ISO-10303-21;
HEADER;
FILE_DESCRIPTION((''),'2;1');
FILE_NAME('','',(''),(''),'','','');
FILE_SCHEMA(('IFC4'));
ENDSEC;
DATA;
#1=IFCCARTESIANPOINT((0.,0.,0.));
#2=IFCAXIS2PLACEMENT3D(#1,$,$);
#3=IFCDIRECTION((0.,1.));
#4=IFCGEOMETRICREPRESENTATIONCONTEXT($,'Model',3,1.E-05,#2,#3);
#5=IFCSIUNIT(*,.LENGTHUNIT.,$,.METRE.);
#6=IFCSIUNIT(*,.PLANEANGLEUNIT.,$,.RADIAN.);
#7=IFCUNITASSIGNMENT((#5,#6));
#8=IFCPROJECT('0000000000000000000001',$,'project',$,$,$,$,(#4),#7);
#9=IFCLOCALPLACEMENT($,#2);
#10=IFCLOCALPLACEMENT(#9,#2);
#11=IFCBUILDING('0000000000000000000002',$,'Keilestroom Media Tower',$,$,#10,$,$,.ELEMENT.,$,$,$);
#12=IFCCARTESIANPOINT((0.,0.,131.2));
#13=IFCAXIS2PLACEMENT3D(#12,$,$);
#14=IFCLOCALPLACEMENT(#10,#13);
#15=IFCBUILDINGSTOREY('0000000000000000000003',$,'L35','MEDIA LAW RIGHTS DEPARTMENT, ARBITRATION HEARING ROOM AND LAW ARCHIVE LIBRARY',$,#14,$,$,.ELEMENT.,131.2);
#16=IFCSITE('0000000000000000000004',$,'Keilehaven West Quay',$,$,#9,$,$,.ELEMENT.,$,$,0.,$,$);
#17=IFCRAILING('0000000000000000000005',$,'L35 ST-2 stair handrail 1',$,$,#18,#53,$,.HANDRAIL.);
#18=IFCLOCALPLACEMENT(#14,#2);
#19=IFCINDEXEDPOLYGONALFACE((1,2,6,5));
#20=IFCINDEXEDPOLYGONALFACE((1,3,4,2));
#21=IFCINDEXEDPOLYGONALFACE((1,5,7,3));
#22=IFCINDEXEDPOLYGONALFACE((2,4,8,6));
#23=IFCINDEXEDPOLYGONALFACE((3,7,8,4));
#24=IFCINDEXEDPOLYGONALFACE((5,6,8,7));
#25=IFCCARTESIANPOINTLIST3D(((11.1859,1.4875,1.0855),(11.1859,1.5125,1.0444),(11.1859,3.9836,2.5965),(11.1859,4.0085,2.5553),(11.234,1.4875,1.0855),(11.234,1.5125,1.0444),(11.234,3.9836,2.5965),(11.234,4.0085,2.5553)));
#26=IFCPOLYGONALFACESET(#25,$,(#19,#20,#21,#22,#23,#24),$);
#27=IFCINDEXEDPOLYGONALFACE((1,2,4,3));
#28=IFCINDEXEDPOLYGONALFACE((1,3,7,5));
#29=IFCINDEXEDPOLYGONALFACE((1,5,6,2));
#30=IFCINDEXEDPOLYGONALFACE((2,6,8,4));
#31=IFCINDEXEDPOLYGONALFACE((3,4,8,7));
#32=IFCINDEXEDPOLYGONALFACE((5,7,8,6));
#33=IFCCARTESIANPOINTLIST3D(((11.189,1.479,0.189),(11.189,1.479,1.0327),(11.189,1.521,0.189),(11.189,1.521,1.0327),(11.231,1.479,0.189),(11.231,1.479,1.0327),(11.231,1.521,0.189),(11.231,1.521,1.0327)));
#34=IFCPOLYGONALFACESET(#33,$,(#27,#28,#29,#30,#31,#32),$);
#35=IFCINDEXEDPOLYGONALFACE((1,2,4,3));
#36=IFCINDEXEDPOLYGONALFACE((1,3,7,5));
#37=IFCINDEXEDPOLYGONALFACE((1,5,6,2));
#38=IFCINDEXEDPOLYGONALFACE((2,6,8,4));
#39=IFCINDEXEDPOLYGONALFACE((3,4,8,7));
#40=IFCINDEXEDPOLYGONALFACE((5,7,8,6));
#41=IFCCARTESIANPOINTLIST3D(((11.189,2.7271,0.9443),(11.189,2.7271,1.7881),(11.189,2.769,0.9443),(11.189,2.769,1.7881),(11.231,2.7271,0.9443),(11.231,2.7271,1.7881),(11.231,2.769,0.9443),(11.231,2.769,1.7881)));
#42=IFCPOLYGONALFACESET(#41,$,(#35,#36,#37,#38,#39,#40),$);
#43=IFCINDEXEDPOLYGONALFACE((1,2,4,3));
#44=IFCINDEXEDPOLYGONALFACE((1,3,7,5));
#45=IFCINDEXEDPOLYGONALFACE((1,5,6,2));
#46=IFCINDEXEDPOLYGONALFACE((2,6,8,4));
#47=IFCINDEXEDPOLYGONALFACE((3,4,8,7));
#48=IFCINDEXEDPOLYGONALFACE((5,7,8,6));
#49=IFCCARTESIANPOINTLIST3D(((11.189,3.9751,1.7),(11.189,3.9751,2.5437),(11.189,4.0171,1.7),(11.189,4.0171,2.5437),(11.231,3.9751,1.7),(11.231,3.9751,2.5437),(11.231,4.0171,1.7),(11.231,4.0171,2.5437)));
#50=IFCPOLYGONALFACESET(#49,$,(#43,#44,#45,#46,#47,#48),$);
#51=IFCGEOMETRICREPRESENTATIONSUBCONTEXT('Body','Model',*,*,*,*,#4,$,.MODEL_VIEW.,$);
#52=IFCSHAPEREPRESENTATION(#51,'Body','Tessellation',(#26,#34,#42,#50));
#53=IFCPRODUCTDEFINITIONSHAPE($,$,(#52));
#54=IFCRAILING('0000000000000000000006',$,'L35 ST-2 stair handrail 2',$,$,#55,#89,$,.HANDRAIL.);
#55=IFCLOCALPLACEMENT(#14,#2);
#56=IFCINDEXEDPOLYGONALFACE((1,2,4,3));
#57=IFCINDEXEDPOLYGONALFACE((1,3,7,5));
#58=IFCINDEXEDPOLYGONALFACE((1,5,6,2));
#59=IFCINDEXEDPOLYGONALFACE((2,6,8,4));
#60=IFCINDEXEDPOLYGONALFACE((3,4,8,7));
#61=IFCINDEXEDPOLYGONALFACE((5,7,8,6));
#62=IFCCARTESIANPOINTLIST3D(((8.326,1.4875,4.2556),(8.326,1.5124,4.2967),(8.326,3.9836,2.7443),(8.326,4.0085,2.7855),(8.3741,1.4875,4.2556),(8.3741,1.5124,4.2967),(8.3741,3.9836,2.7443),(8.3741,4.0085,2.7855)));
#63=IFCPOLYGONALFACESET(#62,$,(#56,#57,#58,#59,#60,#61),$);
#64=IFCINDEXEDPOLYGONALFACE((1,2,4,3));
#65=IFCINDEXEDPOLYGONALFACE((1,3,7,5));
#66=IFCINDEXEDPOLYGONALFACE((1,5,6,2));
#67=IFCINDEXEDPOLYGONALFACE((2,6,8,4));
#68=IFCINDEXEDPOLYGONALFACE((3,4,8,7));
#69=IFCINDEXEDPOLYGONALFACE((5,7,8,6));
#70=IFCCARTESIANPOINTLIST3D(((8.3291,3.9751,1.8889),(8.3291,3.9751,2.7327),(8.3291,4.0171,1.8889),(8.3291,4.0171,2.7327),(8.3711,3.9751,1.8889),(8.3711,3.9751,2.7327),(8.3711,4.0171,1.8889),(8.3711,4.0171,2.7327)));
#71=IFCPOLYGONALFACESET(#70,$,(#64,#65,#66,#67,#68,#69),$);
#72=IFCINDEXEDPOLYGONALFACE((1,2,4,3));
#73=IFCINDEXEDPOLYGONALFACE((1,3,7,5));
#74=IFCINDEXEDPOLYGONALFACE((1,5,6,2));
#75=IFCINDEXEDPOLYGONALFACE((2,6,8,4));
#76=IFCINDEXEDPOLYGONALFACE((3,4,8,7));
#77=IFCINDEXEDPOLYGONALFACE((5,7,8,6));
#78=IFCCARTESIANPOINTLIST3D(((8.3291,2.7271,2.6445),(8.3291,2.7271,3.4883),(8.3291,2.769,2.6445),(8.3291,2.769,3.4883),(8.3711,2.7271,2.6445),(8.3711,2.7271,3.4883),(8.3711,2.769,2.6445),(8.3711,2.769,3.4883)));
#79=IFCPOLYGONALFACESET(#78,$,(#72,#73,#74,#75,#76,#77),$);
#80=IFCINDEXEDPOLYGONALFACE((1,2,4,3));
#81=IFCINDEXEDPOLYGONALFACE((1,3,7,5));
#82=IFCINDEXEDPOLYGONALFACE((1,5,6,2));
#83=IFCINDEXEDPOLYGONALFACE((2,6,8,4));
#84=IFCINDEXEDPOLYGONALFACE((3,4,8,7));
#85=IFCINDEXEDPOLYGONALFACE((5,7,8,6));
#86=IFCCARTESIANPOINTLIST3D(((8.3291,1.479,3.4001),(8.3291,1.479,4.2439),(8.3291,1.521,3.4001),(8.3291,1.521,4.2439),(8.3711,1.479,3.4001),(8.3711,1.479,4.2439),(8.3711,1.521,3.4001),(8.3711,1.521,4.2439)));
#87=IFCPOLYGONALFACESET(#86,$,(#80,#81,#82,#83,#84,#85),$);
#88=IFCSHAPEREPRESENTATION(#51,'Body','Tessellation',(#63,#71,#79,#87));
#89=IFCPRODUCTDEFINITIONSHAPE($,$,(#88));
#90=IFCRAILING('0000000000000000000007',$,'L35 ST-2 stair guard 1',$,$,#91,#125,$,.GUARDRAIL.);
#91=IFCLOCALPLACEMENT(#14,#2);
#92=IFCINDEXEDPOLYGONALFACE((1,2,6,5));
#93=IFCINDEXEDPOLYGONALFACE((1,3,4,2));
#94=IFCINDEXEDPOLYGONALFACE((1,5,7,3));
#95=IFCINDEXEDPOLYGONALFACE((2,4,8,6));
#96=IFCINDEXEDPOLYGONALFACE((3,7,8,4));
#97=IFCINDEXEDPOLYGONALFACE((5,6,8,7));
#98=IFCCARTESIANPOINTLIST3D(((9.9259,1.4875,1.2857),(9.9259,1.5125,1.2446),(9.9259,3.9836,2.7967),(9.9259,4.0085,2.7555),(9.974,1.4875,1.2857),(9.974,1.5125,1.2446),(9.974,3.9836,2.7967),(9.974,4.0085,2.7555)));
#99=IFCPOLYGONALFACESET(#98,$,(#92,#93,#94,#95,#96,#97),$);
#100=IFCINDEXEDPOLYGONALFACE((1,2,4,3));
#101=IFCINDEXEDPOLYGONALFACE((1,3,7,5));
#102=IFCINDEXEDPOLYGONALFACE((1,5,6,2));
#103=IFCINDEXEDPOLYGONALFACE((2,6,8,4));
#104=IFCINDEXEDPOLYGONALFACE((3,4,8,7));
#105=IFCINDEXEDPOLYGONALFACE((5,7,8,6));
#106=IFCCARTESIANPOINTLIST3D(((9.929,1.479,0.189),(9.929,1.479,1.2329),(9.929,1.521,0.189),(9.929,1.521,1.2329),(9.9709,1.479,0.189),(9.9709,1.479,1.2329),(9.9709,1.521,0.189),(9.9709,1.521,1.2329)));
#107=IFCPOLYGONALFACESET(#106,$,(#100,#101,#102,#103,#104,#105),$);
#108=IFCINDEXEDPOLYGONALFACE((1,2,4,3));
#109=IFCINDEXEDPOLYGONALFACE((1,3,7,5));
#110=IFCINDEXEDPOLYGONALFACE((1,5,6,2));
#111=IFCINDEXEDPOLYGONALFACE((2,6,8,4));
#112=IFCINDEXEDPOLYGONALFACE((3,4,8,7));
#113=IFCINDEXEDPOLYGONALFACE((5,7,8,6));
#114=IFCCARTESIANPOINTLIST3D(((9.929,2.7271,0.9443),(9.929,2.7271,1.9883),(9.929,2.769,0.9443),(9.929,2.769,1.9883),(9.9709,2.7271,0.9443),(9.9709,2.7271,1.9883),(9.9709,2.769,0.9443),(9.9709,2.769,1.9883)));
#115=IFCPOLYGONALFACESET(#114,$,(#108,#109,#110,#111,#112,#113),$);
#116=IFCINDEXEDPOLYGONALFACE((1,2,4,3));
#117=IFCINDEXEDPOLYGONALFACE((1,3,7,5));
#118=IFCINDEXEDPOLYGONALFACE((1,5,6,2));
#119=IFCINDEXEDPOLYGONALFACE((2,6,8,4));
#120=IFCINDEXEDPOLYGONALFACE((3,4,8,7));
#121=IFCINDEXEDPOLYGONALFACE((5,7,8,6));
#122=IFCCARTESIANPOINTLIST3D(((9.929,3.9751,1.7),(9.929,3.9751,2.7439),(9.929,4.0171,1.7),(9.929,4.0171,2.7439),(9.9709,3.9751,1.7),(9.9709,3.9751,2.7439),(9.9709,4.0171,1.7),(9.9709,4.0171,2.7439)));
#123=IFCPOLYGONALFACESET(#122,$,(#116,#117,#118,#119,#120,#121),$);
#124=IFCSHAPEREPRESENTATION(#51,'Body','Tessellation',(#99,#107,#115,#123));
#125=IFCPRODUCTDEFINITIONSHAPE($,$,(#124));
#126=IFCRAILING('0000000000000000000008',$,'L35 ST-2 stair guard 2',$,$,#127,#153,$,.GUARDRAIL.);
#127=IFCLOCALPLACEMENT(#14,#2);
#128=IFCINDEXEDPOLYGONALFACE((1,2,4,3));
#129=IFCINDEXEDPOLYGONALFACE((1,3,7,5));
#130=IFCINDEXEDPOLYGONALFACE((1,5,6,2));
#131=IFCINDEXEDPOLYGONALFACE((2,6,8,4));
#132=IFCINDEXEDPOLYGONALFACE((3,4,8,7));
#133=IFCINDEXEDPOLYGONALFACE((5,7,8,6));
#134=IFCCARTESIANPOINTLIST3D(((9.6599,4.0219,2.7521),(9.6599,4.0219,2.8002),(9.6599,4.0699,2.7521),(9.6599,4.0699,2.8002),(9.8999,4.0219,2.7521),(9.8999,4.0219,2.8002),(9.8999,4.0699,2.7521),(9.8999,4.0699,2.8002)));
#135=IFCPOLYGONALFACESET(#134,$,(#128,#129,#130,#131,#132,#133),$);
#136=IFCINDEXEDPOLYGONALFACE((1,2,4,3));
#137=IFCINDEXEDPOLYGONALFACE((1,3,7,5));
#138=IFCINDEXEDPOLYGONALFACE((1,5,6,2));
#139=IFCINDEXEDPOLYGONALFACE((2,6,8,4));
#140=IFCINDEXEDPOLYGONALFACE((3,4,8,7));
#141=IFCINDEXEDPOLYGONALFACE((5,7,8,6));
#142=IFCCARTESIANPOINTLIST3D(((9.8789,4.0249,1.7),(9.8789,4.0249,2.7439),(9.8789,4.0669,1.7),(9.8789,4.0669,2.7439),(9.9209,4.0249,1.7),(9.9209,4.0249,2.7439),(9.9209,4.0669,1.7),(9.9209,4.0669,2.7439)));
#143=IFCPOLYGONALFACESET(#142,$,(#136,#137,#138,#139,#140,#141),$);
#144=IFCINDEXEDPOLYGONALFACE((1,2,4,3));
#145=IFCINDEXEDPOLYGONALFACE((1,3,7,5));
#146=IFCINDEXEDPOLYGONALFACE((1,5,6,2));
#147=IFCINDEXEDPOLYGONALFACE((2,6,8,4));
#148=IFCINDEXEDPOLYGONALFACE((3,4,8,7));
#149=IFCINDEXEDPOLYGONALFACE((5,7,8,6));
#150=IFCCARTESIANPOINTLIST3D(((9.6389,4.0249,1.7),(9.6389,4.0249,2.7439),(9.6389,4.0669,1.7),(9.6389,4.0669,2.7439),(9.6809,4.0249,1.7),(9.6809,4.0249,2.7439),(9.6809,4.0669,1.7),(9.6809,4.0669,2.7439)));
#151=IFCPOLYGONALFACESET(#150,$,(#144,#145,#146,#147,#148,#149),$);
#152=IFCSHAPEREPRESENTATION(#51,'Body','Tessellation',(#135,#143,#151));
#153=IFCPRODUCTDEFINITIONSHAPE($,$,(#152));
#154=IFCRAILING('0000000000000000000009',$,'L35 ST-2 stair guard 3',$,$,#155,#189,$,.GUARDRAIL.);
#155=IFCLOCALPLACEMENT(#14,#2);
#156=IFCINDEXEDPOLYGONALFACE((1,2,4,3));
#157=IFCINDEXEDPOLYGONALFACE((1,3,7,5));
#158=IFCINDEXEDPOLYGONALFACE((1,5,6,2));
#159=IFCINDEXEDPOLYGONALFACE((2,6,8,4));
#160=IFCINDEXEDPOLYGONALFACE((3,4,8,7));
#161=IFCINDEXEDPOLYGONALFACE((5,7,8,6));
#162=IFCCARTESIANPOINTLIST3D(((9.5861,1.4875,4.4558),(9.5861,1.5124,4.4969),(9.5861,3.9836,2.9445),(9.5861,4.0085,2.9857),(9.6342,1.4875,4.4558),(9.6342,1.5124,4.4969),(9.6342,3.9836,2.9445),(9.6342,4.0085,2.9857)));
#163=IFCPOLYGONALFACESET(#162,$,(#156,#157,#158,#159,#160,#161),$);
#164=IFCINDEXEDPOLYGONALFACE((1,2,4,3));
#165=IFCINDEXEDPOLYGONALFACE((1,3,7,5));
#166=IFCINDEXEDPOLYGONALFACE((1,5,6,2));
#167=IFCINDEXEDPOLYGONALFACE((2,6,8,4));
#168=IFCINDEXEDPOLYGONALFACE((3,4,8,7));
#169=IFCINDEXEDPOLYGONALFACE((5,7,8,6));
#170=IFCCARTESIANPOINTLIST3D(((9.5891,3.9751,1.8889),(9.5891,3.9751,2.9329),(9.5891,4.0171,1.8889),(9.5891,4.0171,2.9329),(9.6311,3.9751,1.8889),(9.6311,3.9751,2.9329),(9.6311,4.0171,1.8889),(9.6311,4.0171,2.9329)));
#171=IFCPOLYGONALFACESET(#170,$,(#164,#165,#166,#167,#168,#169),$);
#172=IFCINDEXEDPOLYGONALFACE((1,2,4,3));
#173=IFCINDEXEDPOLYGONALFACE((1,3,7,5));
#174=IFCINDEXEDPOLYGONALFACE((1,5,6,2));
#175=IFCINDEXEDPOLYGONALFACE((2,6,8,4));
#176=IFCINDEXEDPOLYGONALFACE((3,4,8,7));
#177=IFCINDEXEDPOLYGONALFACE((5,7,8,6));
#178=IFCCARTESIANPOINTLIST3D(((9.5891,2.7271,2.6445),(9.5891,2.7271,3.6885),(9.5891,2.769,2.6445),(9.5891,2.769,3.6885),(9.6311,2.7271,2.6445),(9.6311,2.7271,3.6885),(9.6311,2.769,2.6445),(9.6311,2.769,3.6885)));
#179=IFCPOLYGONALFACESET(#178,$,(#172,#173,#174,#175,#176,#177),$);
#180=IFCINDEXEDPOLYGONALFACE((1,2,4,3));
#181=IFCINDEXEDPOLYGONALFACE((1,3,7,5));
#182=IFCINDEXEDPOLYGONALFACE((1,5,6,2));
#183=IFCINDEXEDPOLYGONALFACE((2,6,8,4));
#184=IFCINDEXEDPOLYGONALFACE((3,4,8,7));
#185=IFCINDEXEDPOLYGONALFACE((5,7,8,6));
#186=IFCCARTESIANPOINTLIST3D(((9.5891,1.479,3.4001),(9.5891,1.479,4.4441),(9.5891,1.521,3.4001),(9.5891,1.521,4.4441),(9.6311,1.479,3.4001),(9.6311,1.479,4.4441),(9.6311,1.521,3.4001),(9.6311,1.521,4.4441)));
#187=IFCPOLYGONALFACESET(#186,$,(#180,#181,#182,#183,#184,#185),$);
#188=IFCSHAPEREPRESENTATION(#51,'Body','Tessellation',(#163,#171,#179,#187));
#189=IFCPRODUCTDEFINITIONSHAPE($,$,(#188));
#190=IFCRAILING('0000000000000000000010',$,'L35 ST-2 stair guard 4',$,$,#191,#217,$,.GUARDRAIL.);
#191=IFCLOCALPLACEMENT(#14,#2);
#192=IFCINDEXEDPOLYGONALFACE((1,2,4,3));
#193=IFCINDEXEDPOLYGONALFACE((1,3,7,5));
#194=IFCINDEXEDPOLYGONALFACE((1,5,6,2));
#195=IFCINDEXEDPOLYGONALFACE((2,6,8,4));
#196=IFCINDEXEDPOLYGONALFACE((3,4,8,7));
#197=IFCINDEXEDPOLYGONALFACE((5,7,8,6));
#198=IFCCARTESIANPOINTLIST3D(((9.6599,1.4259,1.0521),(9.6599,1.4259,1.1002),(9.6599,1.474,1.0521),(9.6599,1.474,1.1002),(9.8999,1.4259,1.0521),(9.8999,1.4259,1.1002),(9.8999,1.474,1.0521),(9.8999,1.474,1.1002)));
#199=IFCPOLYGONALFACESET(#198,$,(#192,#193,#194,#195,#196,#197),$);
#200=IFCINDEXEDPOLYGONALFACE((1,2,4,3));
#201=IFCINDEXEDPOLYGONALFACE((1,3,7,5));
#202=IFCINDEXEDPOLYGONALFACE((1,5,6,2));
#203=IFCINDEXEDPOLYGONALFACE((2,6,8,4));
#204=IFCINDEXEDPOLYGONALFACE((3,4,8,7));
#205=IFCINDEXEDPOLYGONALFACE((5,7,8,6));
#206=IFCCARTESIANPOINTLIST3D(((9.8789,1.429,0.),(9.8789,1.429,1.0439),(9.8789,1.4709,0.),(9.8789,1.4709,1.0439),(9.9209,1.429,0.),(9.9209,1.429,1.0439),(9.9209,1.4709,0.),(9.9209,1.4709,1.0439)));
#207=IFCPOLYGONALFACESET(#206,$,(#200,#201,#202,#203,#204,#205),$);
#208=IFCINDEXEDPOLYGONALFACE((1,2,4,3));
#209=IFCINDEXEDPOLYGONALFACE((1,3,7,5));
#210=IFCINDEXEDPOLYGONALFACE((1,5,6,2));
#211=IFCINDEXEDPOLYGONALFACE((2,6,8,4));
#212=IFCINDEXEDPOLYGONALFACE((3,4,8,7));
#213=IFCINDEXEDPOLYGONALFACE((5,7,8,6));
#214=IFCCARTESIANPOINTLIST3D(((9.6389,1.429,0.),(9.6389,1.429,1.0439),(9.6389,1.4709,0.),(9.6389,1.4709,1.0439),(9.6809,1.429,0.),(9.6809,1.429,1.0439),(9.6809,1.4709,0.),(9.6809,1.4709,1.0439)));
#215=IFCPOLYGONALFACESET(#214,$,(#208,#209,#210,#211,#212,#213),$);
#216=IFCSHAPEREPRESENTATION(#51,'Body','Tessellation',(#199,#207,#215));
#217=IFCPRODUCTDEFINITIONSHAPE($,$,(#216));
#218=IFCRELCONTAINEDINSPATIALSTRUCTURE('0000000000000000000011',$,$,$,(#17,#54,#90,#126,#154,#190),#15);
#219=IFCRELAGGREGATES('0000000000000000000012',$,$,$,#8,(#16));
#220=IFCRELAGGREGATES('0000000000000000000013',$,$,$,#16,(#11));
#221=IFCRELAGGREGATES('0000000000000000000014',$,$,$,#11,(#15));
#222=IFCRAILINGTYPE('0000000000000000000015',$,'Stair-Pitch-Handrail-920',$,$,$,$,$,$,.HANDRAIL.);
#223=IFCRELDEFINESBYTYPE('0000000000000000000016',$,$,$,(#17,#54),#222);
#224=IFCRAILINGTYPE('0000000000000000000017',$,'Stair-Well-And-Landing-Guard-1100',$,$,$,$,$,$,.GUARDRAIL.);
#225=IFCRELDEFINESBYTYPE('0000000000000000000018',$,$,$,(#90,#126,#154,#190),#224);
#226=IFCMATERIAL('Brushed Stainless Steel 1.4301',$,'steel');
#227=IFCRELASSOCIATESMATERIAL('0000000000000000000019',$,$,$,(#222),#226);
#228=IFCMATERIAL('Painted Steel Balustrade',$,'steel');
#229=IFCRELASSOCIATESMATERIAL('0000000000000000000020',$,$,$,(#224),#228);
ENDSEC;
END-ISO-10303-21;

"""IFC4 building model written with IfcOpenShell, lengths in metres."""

from ifc_helpers import new_model, si_unit, direction, frame, origin, origin_2d, place, context, subcontext, project, spatial, rectangle, extrude, material, type_object, element, save


model = new_model("IFC4")

# Units and contexts
model_context = context("Model", 3, precision=1e-05, world=origin(), true_north=direction((0.0, 1.0)))
body_context = subcontext(model_context, "Body", "Model", "MODEL_VIEW")
ifc_project = project(units=[si_unit("LENGTHUNIT", "METRE"), si_unit("PLANEANGLEUNIT", "RADIAN")], contexts=[model_context])

# Site, building, storey
site_placement = place(None, origin())
site = spatial("IfcSite", under=ifc_project, at=site_placement, Name="Keilehaven West Quay", CompositionType="ELEMENT", RefElevation=0.0)
building_placement = place(site_placement, origin())
building = spatial("IfcBuilding", under=site, at=building_placement, Name="Keilestroom Media Tower", CompositionType="ELEMENT")
storey_placement = place(building_placement, frame((0.0, 0.0, 131.2)))
storey = spatial("IfcBuildingStorey", under=building, at=storey_placement, Name="L35", Description="MEDIA LAW RIGHTS DEPARTMENT, ARBITRATION HEARING ROOM AND LAW ARCHIVE LIBRARY", CompositionType="ELEMENT", Elevation=131.2)

# Railings
ifc_material_1 = material(Name="Brushed Stainless Steel 1.4301", Category="steel")
railing_type_1 = type_object("IfcRailingType", Name="Stair-Pitch-Handrail-920", PredefinedType="HANDRAIL", material=ifc_material_1)
railing_1_placement = place(storey_placement, frame((11.21, 1.5, 0.189)))
element("IfcRailing", 1, at=railing_1_placement, inside=storey, type_object=railing_type_1, Name="L35 ST-2 stair handrail 1", PredefinedType="HANDRAIL", context=body_context, shape_type="SweptSolid", body=[
    extrude(rectangle(XDim=0.0481, YDim=0.0481, at=origin_2d()), frame((0.0, 0.0, 0.876), z_axis=(0.0, 0.855471, 0.517851), x_axis=(-1.0, 0.0, 0.0)), (0.0, 0.0, 1.0), 2.9177),
    extrude(rectangle(XDim=0.042, YDim=0.042, at=origin_2d()), origin(), (0.0, 0.0, 1.0), 0.8438),
    extrude(rectangle(XDim=0.042, YDim=0.042, at=origin_2d()), frame((0.0, 1.248, 0.7554)), (0.0, 0.0, 1.0), 0.8438),
    extrude(rectangle(XDim=0.042, YDim=0.042, at=origin_2d()), frame((0.0, 2.4961, 1.511)), (0.0, 0.0, 1.0), 0.8438),
])
railing_2_placement = place(storey_placement, frame((8.3501, 3.9961, 1.8889)))
element("IfcRailing", 2, at=railing_2_placement, inside=storey, type_object=railing_type_1, Name="L35 ST-2 stair handrail 2", PredefinedType="HANDRAIL", context=body_context, shape_type="SweptSolid", body=[
    extrude(rectangle(XDim=0.0481, YDim=0.0481, at=origin_2d()), frame((0.0, 0.0, 0.876), z_axis=(0.0, -0.855434, 0.517912), x_axis=(1.0, 0.0, 0.0)), (0.0, 0.0, 1.0), 2.918),
    extrude(rectangle(XDim=0.042, YDim=0.042, at=origin_2d()), origin(), (0.0, 0.0, 1.0), 0.8438),
    extrude(rectangle(XDim=0.042, YDim=0.042, at=origin_2d()), frame((0.0, -1.248, 0.7556)), (0.0, 0.0, 1.0), 0.8438),
    extrude(rectangle(XDim=0.042, YDim=0.042, at=origin_2d()), frame((0.0, -2.4961, 1.5112)), (0.0, 0.0, 1.0), 0.8438),
])
ifc_material_2 = material(Name="Painted Steel Balustrade", Category="steel")
railing_type_2 = type_object("IfcRailingType", Name="Stair-Well-And-Landing-Guard-1100", PredefinedType="GUARDRAIL", material=ifc_material_2)
railing_3_placement = place(storey_placement, frame((9.95, 1.5, 0.189)))
element("IfcRailing", 3, at=railing_3_placement, inside=storey, type_object=railing_type_2, Name="L35 ST-2 stair guard 1", PredefinedType="GUARDRAIL", context=body_context, shape_type="SweptSolid", body=[
    extrude(rectangle(XDim=0.0481, YDim=0.0481, at=origin_2d()), frame((0.0, 0.0, 1.0762), z_axis=(0.0, 0.855471, 0.517851), x_axis=(-1.0, 0.0, 0.0)), (0.0, 0.0, 1.0), 2.9177),
    extrude(rectangle(XDim=0.042, YDim=0.042, at=origin_2d()), origin(), (0.0, 0.0, 1.0), 1.0439),
    extrude(rectangle(XDim=0.042, YDim=0.042, at=origin_2d()), frame((0.0, 1.248, 0.7554)), (0.0, 0.0, 1.0), 1.0439),
    extrude(rectangle(XDim=0.042, YDim=0.042, at=origin_2d()), frame((0.0, 2.4961, 1.511)), (0.0, 0.0, 1.0), 1.0439),
])
railing_4_placement = place(storey_placement, frame((9.8999, 4.0459, 1.7)))
element("IfcRailing", 4, at=railing_4_placement, inside=storey, type_object=railing_type_2, Name="L35 ST-2 stair guard 2", PredefinedType="GUARDRAIL", context=body_context, shape_type="SweptSolid", body=[
    extrude(rectangle(XDim=0.0481, YDim=0.0481, at=origin_2d()), frame((0.0, 0.0, 1.0762), z_axis=(-1.0, 0.0, 0.0), x_axis=(0.0, -1.0, 0.0)), (0.0, 0.0, 1.0), 0.24),
    extrude(rectangle(XDim=0.042, YDim=0.042, at=origin_2d()), origin(), (0.0, 0.0, 1.0), 1.0439),
    extrude(rectangle(XDim=0.042, YDim=0.042, at=origin_2d()), frame((-0.24, 0.0, 0.0)), (0.0, 0.0, 1.0), 1.0439),
])
railing_5_placement = place(storey_placement, frame((9.6101, 3.9961, 1.8889)))
element("IfcRailing", 5, at=railing_5_placement, inside=storey, type_object=railing_type_2, Name="L35 ST-2 stair guard 3", PredefinedType="GUARDRAIL", context=body_context, shape_type="SweptSolid", body=[
    extrude(rectangle(XDim=0.0481, YDim=0.0481, at=origin_2d()), frame((0.0, 0.0, 1.0762), z_axis=(0.0, -0.855434, 0.517912), x_axis=(1.0, 0.0, 0.0)), (0.0, 0.0, 1.0), 2.918),
    extrude(rectangle(XDim=0.042, YDim=0.042, at=origin_2d()), origin(), (0.0, 0.0, 1.0), 1.0439),
    extrude(rectangle(XDim=0.042, YDim=0.042, at=origin_2d()), frame((0.0, -1.248, 0.7556)), (0.0, 0.0, 1.0), 1.0439),
    extrude(rectangle(XDim=0.042, YDim=0.042, at=origin_2d()), frame((0.0, -2.4961, 1.5112)), (0.0, 0.0, 1.0), 1.0439),
])
railing_6_placement = place(storey_placement, frame((9.8999, 1.45, 0.0)))
element("IfcRailing", 6, at=railing_6_placement, inside=storey, type_object=railing_type_2, Name="L35 ST-2 stair guard 4", PredefinedType="GUARDRAIL", context=body_context, shape_type="SweptSolid", body=[
    extrude(rectangle(XDim=0.0481, YDim=0.0481, at=origin_2d()), frame((0.0, 0.0, 1.0762), z_axis=(-1.0, 0.0, 0.0), x_axis=(0.0, -1.0, 0.0)), (0.0, 0.0, 1.0), 0.24),
    extrude(rectangle(XDim=0.042, YDim=0.042, at=origin_2d()), origin(), (0.0, 0.0, 1.0), 1.0439),
    extrude(rectangle(XDim=0.042, YDim=0.042, at=origin_2d()), frame((-0.24, 0.0, 0.0)), (0.0, 0.0, 1.0), 1.0439),
])

save(model, "model.ifc")
